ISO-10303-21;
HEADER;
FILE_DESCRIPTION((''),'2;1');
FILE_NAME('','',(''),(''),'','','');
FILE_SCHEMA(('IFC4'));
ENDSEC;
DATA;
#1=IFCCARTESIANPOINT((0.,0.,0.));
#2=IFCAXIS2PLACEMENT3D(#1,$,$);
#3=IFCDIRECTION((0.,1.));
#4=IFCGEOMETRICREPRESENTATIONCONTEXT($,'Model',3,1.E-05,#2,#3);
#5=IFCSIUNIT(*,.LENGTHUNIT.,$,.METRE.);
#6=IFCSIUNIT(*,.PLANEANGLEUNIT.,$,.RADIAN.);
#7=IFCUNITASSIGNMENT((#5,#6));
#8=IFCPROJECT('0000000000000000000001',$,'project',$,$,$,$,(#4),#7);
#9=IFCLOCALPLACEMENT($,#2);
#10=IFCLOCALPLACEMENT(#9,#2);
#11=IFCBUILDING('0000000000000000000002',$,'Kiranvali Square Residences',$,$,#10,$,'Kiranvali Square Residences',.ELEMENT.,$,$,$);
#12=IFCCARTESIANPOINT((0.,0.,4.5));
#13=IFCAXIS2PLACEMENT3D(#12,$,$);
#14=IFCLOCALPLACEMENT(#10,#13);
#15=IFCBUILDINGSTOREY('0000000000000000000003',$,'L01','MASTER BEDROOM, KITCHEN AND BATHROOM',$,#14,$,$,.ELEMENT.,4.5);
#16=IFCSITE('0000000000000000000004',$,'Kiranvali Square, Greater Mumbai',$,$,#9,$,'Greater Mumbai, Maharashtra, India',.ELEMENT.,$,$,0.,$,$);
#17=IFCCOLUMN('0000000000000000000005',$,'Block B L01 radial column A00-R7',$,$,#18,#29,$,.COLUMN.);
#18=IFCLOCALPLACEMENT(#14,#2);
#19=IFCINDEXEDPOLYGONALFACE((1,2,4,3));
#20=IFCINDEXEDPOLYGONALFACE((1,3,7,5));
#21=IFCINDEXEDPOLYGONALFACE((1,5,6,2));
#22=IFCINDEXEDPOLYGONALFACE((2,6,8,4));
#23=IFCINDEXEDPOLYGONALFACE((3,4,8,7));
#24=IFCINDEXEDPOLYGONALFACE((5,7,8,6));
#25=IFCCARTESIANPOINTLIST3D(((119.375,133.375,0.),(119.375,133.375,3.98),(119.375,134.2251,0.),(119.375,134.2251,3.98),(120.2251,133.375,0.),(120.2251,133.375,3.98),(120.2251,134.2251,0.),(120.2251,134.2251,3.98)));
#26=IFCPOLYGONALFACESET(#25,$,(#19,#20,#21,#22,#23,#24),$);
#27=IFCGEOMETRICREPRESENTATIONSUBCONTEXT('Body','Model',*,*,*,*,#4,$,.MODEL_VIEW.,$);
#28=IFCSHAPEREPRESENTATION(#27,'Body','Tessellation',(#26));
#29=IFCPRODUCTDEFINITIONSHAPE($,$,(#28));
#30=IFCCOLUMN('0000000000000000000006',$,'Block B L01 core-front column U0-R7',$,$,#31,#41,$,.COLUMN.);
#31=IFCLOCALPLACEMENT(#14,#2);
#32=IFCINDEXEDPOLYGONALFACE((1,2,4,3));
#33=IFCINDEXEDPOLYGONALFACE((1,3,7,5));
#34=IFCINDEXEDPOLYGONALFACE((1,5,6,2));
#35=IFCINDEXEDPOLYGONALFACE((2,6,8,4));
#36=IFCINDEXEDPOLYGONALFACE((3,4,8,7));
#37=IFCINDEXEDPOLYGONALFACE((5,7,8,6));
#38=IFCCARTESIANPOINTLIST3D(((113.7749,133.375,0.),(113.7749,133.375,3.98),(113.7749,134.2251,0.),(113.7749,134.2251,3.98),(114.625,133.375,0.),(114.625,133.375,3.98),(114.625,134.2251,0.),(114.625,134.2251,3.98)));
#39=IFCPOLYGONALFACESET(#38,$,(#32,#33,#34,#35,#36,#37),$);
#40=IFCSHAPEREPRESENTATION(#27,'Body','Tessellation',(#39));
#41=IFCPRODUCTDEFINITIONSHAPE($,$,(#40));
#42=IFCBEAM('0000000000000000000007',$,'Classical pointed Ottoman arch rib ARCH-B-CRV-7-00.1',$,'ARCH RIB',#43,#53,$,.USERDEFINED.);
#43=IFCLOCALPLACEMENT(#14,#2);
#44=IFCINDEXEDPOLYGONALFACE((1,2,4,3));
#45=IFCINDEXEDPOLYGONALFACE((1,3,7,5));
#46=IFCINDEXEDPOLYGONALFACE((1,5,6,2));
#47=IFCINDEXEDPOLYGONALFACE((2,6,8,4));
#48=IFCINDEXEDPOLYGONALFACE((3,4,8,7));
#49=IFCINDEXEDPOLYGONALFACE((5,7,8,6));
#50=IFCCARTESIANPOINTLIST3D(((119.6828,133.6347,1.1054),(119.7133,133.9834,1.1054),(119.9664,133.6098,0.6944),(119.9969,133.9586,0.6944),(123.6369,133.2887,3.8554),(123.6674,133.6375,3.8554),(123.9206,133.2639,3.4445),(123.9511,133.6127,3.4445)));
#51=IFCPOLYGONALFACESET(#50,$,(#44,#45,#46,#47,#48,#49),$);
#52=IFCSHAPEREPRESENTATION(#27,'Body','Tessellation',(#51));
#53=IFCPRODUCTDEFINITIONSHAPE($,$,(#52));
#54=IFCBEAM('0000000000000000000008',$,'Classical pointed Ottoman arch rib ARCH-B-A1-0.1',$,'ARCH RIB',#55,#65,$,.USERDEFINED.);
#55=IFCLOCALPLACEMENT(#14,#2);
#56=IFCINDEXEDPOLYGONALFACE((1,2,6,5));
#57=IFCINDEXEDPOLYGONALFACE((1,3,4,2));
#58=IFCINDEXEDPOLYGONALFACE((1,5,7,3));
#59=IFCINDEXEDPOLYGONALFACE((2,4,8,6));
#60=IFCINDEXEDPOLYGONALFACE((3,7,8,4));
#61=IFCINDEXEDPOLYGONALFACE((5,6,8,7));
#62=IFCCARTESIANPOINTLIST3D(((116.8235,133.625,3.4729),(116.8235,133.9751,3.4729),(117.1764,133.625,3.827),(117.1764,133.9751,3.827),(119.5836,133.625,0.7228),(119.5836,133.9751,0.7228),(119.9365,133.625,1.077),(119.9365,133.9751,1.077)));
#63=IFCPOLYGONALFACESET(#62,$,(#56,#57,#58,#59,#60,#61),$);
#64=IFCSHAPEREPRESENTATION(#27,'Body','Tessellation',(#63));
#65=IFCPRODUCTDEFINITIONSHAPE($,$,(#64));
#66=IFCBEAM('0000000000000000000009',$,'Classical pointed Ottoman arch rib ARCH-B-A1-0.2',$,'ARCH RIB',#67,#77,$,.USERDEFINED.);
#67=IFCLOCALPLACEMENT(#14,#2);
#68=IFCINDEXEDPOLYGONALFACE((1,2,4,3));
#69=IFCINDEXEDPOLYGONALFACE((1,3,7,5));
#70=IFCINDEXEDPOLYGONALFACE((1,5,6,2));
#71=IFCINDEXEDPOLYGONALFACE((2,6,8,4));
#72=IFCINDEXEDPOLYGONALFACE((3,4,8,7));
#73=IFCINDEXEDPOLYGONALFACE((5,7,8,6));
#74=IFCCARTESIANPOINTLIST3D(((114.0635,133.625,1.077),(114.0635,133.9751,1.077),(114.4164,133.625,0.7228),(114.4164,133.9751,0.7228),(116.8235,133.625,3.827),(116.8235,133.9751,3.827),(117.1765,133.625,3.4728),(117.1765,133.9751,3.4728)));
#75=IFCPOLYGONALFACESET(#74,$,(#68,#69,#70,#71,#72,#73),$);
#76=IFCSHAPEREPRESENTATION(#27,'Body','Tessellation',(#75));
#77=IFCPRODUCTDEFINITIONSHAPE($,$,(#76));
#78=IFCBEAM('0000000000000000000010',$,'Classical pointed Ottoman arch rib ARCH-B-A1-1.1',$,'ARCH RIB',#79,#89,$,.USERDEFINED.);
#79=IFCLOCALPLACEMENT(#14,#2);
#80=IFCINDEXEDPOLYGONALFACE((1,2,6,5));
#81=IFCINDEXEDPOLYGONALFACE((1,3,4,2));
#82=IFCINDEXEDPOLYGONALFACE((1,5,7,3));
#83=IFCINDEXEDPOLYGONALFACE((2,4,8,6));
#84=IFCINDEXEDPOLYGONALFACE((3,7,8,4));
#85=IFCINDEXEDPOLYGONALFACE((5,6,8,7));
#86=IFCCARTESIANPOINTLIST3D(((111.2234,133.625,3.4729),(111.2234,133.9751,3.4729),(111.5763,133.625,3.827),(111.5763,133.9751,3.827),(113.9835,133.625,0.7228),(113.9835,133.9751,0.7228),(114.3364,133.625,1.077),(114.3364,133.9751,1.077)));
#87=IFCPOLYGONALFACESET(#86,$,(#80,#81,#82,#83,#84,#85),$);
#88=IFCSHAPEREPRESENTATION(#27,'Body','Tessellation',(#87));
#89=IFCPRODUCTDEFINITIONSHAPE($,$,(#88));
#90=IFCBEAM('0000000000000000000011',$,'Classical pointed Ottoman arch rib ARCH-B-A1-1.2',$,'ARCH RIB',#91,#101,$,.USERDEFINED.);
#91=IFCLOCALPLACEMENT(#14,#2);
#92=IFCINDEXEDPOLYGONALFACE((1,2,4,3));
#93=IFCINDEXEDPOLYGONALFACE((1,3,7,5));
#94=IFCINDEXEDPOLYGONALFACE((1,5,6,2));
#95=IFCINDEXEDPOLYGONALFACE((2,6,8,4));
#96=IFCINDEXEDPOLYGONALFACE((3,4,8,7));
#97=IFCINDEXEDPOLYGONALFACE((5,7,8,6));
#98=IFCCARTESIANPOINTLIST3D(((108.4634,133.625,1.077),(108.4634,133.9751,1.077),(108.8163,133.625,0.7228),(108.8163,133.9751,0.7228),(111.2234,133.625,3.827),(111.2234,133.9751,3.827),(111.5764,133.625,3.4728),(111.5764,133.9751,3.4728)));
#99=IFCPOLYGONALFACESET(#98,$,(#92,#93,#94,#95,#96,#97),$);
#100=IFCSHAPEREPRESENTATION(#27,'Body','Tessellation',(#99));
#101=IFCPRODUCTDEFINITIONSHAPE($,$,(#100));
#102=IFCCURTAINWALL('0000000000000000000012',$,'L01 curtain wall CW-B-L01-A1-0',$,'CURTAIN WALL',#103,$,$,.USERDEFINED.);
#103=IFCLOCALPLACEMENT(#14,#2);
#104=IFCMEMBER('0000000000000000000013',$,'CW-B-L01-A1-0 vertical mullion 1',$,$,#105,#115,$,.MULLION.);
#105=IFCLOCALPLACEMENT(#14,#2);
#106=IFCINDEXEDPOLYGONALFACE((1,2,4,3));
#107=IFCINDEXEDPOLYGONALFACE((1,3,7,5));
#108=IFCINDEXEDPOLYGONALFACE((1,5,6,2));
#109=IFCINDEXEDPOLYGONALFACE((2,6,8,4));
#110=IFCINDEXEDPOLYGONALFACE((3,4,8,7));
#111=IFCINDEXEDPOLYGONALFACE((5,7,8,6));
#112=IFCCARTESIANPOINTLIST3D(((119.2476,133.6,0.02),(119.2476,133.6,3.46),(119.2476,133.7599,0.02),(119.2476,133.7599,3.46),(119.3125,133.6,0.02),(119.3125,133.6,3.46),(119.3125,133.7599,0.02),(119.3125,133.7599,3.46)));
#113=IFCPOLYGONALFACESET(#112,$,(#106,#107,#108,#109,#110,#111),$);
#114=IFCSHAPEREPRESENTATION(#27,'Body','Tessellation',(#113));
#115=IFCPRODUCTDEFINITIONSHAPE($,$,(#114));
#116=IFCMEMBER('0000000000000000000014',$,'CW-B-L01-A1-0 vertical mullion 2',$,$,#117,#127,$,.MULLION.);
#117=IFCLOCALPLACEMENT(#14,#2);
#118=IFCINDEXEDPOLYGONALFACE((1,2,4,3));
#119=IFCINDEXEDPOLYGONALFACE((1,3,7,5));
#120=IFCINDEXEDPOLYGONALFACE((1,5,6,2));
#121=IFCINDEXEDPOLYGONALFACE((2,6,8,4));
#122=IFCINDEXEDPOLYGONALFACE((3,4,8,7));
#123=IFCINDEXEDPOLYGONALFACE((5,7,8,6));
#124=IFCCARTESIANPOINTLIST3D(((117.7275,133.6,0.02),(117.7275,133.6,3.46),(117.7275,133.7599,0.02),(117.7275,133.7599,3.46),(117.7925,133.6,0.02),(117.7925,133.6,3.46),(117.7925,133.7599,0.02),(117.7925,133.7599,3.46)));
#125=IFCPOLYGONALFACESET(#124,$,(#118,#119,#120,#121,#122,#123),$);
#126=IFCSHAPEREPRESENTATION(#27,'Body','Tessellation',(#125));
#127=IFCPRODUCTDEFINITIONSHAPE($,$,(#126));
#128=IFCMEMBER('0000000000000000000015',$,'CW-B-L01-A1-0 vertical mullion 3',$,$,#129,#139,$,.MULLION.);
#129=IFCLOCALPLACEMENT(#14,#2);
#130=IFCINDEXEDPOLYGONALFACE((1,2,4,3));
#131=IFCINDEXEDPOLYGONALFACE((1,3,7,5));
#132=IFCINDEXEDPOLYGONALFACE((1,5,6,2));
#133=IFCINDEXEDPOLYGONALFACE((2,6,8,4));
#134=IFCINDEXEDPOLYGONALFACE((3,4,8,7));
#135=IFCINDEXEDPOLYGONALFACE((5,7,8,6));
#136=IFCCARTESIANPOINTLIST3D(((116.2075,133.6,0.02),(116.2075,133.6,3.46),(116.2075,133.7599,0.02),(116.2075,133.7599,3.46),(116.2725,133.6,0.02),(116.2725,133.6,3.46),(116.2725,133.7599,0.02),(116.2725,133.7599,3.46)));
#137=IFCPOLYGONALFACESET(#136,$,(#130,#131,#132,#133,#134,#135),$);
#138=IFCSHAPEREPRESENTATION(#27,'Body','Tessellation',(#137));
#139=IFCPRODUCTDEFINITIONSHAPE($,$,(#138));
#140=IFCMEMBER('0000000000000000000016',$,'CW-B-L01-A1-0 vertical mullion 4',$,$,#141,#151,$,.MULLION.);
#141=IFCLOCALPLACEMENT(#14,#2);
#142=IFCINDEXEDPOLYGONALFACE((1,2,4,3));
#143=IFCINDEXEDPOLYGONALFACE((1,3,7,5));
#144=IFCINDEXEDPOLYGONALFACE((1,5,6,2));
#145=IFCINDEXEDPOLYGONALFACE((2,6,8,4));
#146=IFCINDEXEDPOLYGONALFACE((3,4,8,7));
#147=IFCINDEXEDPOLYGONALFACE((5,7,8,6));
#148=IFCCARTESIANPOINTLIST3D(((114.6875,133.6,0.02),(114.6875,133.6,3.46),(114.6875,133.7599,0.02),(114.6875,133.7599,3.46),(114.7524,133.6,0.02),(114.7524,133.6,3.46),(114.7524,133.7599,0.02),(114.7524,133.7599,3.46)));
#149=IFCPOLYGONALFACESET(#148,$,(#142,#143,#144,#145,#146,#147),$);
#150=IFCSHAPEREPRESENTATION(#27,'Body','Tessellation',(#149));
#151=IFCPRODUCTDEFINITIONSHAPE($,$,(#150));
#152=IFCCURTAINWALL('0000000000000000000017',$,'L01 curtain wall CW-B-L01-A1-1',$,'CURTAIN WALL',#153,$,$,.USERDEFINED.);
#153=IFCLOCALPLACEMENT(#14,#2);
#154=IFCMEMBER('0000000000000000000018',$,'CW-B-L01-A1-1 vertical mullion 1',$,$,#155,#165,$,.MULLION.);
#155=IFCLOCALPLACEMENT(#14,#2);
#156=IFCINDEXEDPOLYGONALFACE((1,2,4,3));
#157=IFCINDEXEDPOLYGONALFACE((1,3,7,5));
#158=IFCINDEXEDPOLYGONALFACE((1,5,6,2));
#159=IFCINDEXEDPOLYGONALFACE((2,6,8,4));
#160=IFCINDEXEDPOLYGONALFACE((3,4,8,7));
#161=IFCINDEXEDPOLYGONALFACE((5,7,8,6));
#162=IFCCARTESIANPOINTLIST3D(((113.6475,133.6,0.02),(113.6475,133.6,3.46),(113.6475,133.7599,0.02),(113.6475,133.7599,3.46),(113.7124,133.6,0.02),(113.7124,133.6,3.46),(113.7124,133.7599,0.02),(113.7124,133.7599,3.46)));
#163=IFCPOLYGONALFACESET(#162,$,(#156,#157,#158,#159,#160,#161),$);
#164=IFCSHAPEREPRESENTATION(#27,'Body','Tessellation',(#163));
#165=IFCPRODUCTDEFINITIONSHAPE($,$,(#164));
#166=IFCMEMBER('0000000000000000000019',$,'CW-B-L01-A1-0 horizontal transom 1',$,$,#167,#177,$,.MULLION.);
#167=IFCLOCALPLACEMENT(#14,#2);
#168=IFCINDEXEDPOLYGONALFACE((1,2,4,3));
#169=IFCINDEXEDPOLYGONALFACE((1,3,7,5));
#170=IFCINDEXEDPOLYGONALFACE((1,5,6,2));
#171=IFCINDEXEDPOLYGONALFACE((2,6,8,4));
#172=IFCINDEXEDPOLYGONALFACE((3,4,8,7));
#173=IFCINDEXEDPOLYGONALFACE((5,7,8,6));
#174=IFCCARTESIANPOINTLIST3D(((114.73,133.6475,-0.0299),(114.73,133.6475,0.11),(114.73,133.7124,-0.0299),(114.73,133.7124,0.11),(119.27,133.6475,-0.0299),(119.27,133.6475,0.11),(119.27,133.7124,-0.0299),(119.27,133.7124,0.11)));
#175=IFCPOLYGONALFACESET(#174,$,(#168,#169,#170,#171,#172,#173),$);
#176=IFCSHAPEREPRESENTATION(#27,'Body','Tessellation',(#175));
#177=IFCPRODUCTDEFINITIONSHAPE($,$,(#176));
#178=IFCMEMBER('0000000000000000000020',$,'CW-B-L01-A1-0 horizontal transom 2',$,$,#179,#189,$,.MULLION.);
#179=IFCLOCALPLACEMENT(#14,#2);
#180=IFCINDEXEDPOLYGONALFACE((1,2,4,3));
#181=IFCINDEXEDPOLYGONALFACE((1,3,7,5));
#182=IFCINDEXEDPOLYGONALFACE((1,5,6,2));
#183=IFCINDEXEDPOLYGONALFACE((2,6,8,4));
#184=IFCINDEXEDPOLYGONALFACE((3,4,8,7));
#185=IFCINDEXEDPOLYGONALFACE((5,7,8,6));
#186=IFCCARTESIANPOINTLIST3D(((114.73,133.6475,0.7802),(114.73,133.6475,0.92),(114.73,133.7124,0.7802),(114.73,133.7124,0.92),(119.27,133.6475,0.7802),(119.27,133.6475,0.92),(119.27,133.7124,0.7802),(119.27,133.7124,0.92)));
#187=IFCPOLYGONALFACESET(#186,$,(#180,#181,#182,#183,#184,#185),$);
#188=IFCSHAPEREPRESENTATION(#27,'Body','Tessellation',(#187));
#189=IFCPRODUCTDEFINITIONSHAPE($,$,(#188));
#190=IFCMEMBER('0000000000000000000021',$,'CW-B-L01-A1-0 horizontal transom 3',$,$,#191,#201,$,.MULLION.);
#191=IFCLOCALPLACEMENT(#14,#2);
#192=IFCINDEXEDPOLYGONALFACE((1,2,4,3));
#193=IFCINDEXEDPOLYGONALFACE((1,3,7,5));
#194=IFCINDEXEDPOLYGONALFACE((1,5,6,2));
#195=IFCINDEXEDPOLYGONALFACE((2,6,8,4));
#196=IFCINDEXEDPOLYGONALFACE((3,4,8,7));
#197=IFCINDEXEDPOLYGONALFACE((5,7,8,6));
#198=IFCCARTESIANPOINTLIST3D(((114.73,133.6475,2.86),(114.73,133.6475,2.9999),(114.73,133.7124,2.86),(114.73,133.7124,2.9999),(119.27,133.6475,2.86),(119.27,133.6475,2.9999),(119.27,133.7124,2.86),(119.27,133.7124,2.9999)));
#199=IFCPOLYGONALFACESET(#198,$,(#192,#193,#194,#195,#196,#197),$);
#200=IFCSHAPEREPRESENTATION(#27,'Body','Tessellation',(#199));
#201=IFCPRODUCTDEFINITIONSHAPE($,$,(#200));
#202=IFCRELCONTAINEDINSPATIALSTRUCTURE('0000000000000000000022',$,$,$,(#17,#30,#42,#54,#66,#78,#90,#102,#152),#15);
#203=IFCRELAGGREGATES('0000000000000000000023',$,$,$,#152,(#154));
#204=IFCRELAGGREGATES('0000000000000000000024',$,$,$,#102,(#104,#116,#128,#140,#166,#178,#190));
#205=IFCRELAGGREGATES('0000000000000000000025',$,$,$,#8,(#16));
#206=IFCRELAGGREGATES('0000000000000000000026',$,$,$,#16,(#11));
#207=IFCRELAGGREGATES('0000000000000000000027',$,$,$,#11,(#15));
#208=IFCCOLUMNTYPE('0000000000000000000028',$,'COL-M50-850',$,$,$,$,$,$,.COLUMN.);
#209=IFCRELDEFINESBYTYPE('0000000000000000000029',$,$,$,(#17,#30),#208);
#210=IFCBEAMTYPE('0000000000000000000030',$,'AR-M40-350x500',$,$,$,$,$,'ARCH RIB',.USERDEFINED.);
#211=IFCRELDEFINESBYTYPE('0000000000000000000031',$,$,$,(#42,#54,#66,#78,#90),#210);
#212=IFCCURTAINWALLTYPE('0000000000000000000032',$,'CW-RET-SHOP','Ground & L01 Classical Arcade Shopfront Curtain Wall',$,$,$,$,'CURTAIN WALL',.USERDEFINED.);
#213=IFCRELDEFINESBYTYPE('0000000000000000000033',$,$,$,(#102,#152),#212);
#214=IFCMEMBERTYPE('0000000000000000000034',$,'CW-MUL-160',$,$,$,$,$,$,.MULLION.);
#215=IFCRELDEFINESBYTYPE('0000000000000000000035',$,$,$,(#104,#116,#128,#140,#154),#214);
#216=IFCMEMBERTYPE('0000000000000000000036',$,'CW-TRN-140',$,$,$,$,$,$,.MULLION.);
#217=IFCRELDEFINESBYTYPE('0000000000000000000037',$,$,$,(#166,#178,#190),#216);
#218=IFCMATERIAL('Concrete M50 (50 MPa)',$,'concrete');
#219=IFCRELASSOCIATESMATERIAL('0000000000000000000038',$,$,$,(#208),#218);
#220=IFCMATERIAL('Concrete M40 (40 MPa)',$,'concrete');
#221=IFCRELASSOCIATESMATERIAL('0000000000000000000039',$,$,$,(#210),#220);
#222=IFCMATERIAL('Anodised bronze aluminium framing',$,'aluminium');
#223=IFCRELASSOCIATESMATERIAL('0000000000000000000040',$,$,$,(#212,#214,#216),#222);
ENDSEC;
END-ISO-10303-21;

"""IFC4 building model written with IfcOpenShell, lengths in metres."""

from ifc_helpers import new_model, si_unit, direction, frame, origin, origin_2d, place, context, subcontext, project, spatial, rectangle, extrude, material, material_profile, profile_set, type_object, element, aggregate, save


model = new_model("IFC4")

# Units and contexts
model_context = context("Model", 3, precision=1e-05, world=origin(), true_north=direction((0.0, 1.0)))
body_context = subcontext(model_context, "Body", "Model", "MODEL_VIEW")
ifc_project = project(units=[si_unit("LENGTHUNIT", "METRE"), si_unit("PLANEANGLEUNIT", "RADIAN")], contexts=[model_context])

# Site, building, storey
site_placement = place(None, origin())
site = spatial("IfcSite", under=ifc_project, at=site_placement, Name="Kiranvali Square, Greater Mumbai", LongName="Greater Mumbai, Maharashtra, India", CompositionType="ELEMENT", RefElevation=0.0)
building_placement = place(site_placement, origin())
building = spatial("IfcBuilding", under=site, at=building_placement, Name="Kiranvali Square Residences", LongName="Kiranvali Square Residences", CompositionType="ELEMENT")
storey_placement = place(building_placement, frame((0.0, 0.0, 4.5)))
storey = spatial("IfcBuildingStorey", under=building, at=storey_placement, Name="L01", Description="MASTER BEDROOM, KITCHEN AND BATHROOM", CompositionType="ELEMENT", Elevation=4.5)

# Columns
ifc_material_1 = material(Name="Concrete M50 (50 MPa)", Category="concrete")
ifc_material_profile_1 = material_profile(ifc_material_1, rectangle(XDim=0.8501, YDim=0.8501, at=origin_2d()), Name="RC 850x850")
ifc_profile_set_1 = profile_set([ifc_material_profile_1], Name="Concrete M50 (50 MPa)")
column_type = type_object("IfcColumnType", Name="COL-M50-850", PredefinedType="COLUMN", material=ifc_profile_set_1)
for number, where, z_axis, x_axis, name in (
    (1, (119.8, 133.8, 0.0), (0.0, 0.0, 1.0), (1.0, 0.0, 0.0), "Block B L01 radial column A00-R7"),
    (2, (114.2, 133.8, 0.0), (0.0, 0.0, 1.0), (1.0, 0.0, 0.0), "Block B L01 core-front column U0-R7"),
):
    element("IfcColumn", number, at=place(storey_placement, frame(where, z_axis=z_axis, x_axis=x_axis)), inside=storey, type_object=column_type, Name=name, PredefinedType="COLUMN", context=body_context, shape_type="SweptSolid", body=[
        extrude(rectangle(XDim=0.8501, YDim=0.8501, at=origin_2d()), origin(), (0.0, 0.0, 1.0), 3.98),
    ])

# Beams
ifc_material_2 = material(Name="Concrete M40 (40 MPa)", Category="concrete")
ifc_material_profile_2 = material_profile(ifc_material_2, rectangle(XDim=0.3501, YDim=0.5, at=origin_2d()), Name="RC 350x500")
ifc_profile_set_2 = profile_set([ifc_material_profile_2], Name="Concrete M40 (40 MPa)")
beam_type_1 = type_object("IfcBeamType", Name="AR-M40-350x500", ElementType="ARCH RIB", PredefinedType="USERDEFINED", material=ifc_profile_set_2)
beam_1_placement = place(storey_placement, frame((119.8398, 133.7966, 0.8999), z_axis=(0.818862, -0.071643, 0.569502), x_axis=(0.087158, 0.996195, 0.0)))
element("IfcBeam", 3, at=beam_1_placement, inside=storey, type_object=beam_type_1, Name="Classical pointed Ottoman arch rib ARCH-B-CRV-7-00.1", ObjectType="ARCH RIB", PredefinedType="USERDEFINED", context=body_context, shape_type="SweptSolid", body=[
    extrude(rectangle(XDim=0.3501, YDim=0.5, at=origin_2d()), origin(), (0.0, 0.0, 1.0), 4.8289),
])
for number, where, z_axis, x_axis, name in (
    (4, (119.76, 133.8, 0.8999), (-0.70839, 0.0, 0.705821), (0.0, -1.0, 0.0), "Classical pointed Ottoman arch rib ARCH-B-A1-0.1"),
    (5, (117.0, 133.8, 3.6499), (-0.70839, 0.0, -0.705821), (0.0, -1.0, 0.0), "Classical pointed Ottoman arch rib ARCH-B-A1-0.2"),
    (6, (114.1599, 133.8, 0.8999), (-0.70839, 0.0, 0.705821), (0.0, -1.0, 0.0), "Classical pointed Ottoman arch rib ARCH-B-A1-1.1"),
    (7, (111.3999, 133.8, 3.6499), (-0.70839, 0.0, -0.705821), (0.0, -1.0, 0.0), "Classical pointed Ottoman arch rib ARCH-B-A1-1.2"),
):
    element("IfcBeam", number, at=place(storey_placement, frame(where, z_axis=z_axis, x_axis=x_axis)), inside=storey, type_object=beam_type_1, Name=name, ObjectType="ARCH RIB", PredefinedType="USERDEFINED", context=body_context, shape_type="SweptSolid", body=[
        extrude(rectangle(XDim=0.3501, YDim=0.5, at=origin_2d()), origin(), (0.0, 0.0, 1.0), 3.8962),
    ])

# Curtain wall, members
ifc_material_3 = material(Name="Anodised bronze aluminium framing", Category="aluminium")
curtain_wall_type = type_object("IfcCurtainWallType", Name="CW-RET-SHOP", Description="Ground & L01 Classical Arcade Shopfront Curtain Wall", ElementType="CURTAIN WALL", PredefinedType="USERDEFINED", material=ifc_material_3)
curtain_wall_1_placement = place(storey_placement, origin())
curtain_wall_1 = element("IfcCurtainWall", 8, at=curtain_wall_1_placement, inside=storey, type_object=curtain_wall_type, Name="L01 curtain wall CW-B-L01-A1-0", ObjectType="CURTAIN WALL", PredefinedType="USERDEFINED")
ifc_material_profile_3 = material_profile(ifc_material_3, rectangle(XDim=0.0649, YDim=0.1599, at=origin_2d()), Name="ALU 65x160")
ifc_profile_set_3 = profile_set([ifc_material_profile_3], Name="Anodised bronze aluminium framing")
member_type_1 = type_object("IfcMemberType", Name="CW-MUL-160", PredefinedType="MULLION", material=ifc_profile_set_3)
member_1_placement = place(storey_placement, frame((119.28, 133.6799, 0.02), z_axis=(0.0, 0.0, 1.0), x_axis=(-1.0, 0.0, 0.0)))
member_1 = element("IfcMember", 9, at=member_1_placement, type_object=member_type_1, Name="CW-B-L01-A1-0 vertical mullion 1", PredefinedType="MULLION", context=body_context, shape_type="SweptSolid", body=[
    extrude(rectangle(XDim=0.0649, YDim=0.1599, at=origin_2d()), origin(), (0.0, 0.0, 1.0), 3.4399),
])
member_2_placement = place(storey_placement, frame((117.76, 133.6799, 0.02), z_axis=(0.0, 0.0, 1.0), x_axis=(-1.0, 0.0, 0.0)))
member_2 = element("IfcMember", 10, at=member_2_placement, type_object=member_type_1, Name="CW-B-L01-A1-0 vertical mullion 2", PredefinedType="MULLION", context=body_context, shape_type="SweptSolid", body=[
    extrude(rectangle(XDim=0.0649, YDim=0.1599, at=origin_2d()), origin(), (0.0, 0.0, 1.0), 3.4399),
])
member_3_placement = place(storey_placement, frame((116.24, 133.6799, 0.02), z_axis=(0.0, 0.0, 1.0), x_axis=(-1.0, 0.0, 0.0)))
member_3 = element("IfcMember", 11, at=member_3_placement, type_object=member_type_1, Name="CW-B-L01-A1-0 vertical mullion 3", PredefinedType="MULLION", context=body_context, shape_type="SweptSolid", body=[
    extrude(rectangle(XDim=0.0649, YDim=0.1599, at=origin_2d()), origin(), (0.0, 0.0, 1.0), 3.4399),
])
member_4_placement = place(storey_placement, frame((114.72, 133.6799, 0.02), z_axis=(0.0, 0.0, 1.0), x_axis=(-1.0, 0.0, 0.0)))
member_4 = element("IfcMember", 12, at=member_4_placement, type_object=member_type_1, Name="CW-B-L01-A1-0 vertical mullion 4", PredefinedType="MULLION", context=body_context, shape_type="SweptSolid", body=[
    extrude(rectangle(XDim=0.0649, YDim=0.1599, at=origin_2d()), origin(), (0.0, 0.0, 1.0), 3.4399),
])

# Curtain wall, member
curtain_wall_2_placement = place(storey_placement, origin())
curtain_wall_2 = element("IfcCurtainWall", 13, at=curtain_wall_2_placement, inside=storey, type_object=curtain_wall_type, Name="L01 curtain wall CW-B-L01-A1-1", ObjectType="CURTAIN WALL", PredefinedType="USERDEFINED")
member_5_placement = place(storey_placement, frame((113.6799, 133.6799, 0.02), z_axis=(0.0, 0.0, 1.0), x_axis=(-1.0, 0.0, 0.0)))
member_5 = element("IfcMember", 14, at=member_5_placement, type_object=member_type_1, Name="CW-B-L01-A1-1 vertical mullion 1", PredefinedType="MULLION", context=body_context, shape_type="SweptSolid", body=[
    extrude(rectangle(XDim=0.0649, YDim=0.1599, at=origin_2d()), origin(), (0.0, 0.0, 1.0), 3.4399),
])

# Members
ifc_material_profile_4 = material_profile(ifc_material_3, rectangle(XDim=0.0649, YDim=0.1399, at=origin_2d()), Name="ALU 65x140")
ifc_profile_set_4 = profile_set([ifc_material_profile_4], Name="Anodised bronze aluminium framing")
member_type_2 = type_object("IfcMemberType", Name="CW-TRN-140", PredefinedType="MULLION", material=ifc_profile_set_4)
member_6_placement = place(storey_placement, frame((119.27, 133.6799, 0.04), z_axis=(-1.0, 0.0, 0.0), x_axis=(0.0, -1.0, 0.0)))
member_6 = element("IfcMember", 15, at=member_6_placement, type_object=member_type_2, Name="CW-B-L01-A1-0 horizontal transom 1", PredefinedType="MULLION", context=body_context, shape_type="SweptSolid", body=[
    extrude(rectangle(XDim=0.0649, YDim=0.1399, at=origin_2d()), origin(), (0.0, 0.0, 1.0), 4.54),
])
member_7_placement = place(storey_placement, frame((119.27, 133.6799, 0.8501), z_axis=(-1.0, 0.0, 0.0), x_axis=(0.0, -1.0, 0.0)))
member_7 = element("IfcMember", 16, at=member_7_placement, type_object=member_type_2, Name="CW-B-L01-A1-0 horizontal transom 2", PredefinedType="MULLION", context=body_context, shape_type="SweptSolid", body=[
    extrude(rectangle(XDim=0.0649, YDim=0.1399, at=origin_2d()), origin(), (0.0, 0.0, 1.0), 4.54),
])
member_8_placement = place(storey_placement, frame((119.27, 133.6799, 2.9299), z_axis=(-1.0, 0.0, 0.0), x_axis=(0.0, -1.0, 0.0)))
member_8 = element("IfcMember", 17, at=member_8_placement, type_object=member_type_2, Name="CW-B-L01-A1-0 horizontal transom 3", PredefinedType="MULLION", context=body_context, shape_type="SweptSolid", body=[
    extrude(rectangle(XDim=0.0649, YDim=0.1399, at=origin_2d()), origin(), (0.0, 0.0, 1.0), 4.54),
])
aggregate(curtain_wall_2, [member_5])

aggregate(curtain_wall_1, [member_1, member_2, member_3, member_4, member_6, member_7, member_8])

save(model, "model.ifc")
